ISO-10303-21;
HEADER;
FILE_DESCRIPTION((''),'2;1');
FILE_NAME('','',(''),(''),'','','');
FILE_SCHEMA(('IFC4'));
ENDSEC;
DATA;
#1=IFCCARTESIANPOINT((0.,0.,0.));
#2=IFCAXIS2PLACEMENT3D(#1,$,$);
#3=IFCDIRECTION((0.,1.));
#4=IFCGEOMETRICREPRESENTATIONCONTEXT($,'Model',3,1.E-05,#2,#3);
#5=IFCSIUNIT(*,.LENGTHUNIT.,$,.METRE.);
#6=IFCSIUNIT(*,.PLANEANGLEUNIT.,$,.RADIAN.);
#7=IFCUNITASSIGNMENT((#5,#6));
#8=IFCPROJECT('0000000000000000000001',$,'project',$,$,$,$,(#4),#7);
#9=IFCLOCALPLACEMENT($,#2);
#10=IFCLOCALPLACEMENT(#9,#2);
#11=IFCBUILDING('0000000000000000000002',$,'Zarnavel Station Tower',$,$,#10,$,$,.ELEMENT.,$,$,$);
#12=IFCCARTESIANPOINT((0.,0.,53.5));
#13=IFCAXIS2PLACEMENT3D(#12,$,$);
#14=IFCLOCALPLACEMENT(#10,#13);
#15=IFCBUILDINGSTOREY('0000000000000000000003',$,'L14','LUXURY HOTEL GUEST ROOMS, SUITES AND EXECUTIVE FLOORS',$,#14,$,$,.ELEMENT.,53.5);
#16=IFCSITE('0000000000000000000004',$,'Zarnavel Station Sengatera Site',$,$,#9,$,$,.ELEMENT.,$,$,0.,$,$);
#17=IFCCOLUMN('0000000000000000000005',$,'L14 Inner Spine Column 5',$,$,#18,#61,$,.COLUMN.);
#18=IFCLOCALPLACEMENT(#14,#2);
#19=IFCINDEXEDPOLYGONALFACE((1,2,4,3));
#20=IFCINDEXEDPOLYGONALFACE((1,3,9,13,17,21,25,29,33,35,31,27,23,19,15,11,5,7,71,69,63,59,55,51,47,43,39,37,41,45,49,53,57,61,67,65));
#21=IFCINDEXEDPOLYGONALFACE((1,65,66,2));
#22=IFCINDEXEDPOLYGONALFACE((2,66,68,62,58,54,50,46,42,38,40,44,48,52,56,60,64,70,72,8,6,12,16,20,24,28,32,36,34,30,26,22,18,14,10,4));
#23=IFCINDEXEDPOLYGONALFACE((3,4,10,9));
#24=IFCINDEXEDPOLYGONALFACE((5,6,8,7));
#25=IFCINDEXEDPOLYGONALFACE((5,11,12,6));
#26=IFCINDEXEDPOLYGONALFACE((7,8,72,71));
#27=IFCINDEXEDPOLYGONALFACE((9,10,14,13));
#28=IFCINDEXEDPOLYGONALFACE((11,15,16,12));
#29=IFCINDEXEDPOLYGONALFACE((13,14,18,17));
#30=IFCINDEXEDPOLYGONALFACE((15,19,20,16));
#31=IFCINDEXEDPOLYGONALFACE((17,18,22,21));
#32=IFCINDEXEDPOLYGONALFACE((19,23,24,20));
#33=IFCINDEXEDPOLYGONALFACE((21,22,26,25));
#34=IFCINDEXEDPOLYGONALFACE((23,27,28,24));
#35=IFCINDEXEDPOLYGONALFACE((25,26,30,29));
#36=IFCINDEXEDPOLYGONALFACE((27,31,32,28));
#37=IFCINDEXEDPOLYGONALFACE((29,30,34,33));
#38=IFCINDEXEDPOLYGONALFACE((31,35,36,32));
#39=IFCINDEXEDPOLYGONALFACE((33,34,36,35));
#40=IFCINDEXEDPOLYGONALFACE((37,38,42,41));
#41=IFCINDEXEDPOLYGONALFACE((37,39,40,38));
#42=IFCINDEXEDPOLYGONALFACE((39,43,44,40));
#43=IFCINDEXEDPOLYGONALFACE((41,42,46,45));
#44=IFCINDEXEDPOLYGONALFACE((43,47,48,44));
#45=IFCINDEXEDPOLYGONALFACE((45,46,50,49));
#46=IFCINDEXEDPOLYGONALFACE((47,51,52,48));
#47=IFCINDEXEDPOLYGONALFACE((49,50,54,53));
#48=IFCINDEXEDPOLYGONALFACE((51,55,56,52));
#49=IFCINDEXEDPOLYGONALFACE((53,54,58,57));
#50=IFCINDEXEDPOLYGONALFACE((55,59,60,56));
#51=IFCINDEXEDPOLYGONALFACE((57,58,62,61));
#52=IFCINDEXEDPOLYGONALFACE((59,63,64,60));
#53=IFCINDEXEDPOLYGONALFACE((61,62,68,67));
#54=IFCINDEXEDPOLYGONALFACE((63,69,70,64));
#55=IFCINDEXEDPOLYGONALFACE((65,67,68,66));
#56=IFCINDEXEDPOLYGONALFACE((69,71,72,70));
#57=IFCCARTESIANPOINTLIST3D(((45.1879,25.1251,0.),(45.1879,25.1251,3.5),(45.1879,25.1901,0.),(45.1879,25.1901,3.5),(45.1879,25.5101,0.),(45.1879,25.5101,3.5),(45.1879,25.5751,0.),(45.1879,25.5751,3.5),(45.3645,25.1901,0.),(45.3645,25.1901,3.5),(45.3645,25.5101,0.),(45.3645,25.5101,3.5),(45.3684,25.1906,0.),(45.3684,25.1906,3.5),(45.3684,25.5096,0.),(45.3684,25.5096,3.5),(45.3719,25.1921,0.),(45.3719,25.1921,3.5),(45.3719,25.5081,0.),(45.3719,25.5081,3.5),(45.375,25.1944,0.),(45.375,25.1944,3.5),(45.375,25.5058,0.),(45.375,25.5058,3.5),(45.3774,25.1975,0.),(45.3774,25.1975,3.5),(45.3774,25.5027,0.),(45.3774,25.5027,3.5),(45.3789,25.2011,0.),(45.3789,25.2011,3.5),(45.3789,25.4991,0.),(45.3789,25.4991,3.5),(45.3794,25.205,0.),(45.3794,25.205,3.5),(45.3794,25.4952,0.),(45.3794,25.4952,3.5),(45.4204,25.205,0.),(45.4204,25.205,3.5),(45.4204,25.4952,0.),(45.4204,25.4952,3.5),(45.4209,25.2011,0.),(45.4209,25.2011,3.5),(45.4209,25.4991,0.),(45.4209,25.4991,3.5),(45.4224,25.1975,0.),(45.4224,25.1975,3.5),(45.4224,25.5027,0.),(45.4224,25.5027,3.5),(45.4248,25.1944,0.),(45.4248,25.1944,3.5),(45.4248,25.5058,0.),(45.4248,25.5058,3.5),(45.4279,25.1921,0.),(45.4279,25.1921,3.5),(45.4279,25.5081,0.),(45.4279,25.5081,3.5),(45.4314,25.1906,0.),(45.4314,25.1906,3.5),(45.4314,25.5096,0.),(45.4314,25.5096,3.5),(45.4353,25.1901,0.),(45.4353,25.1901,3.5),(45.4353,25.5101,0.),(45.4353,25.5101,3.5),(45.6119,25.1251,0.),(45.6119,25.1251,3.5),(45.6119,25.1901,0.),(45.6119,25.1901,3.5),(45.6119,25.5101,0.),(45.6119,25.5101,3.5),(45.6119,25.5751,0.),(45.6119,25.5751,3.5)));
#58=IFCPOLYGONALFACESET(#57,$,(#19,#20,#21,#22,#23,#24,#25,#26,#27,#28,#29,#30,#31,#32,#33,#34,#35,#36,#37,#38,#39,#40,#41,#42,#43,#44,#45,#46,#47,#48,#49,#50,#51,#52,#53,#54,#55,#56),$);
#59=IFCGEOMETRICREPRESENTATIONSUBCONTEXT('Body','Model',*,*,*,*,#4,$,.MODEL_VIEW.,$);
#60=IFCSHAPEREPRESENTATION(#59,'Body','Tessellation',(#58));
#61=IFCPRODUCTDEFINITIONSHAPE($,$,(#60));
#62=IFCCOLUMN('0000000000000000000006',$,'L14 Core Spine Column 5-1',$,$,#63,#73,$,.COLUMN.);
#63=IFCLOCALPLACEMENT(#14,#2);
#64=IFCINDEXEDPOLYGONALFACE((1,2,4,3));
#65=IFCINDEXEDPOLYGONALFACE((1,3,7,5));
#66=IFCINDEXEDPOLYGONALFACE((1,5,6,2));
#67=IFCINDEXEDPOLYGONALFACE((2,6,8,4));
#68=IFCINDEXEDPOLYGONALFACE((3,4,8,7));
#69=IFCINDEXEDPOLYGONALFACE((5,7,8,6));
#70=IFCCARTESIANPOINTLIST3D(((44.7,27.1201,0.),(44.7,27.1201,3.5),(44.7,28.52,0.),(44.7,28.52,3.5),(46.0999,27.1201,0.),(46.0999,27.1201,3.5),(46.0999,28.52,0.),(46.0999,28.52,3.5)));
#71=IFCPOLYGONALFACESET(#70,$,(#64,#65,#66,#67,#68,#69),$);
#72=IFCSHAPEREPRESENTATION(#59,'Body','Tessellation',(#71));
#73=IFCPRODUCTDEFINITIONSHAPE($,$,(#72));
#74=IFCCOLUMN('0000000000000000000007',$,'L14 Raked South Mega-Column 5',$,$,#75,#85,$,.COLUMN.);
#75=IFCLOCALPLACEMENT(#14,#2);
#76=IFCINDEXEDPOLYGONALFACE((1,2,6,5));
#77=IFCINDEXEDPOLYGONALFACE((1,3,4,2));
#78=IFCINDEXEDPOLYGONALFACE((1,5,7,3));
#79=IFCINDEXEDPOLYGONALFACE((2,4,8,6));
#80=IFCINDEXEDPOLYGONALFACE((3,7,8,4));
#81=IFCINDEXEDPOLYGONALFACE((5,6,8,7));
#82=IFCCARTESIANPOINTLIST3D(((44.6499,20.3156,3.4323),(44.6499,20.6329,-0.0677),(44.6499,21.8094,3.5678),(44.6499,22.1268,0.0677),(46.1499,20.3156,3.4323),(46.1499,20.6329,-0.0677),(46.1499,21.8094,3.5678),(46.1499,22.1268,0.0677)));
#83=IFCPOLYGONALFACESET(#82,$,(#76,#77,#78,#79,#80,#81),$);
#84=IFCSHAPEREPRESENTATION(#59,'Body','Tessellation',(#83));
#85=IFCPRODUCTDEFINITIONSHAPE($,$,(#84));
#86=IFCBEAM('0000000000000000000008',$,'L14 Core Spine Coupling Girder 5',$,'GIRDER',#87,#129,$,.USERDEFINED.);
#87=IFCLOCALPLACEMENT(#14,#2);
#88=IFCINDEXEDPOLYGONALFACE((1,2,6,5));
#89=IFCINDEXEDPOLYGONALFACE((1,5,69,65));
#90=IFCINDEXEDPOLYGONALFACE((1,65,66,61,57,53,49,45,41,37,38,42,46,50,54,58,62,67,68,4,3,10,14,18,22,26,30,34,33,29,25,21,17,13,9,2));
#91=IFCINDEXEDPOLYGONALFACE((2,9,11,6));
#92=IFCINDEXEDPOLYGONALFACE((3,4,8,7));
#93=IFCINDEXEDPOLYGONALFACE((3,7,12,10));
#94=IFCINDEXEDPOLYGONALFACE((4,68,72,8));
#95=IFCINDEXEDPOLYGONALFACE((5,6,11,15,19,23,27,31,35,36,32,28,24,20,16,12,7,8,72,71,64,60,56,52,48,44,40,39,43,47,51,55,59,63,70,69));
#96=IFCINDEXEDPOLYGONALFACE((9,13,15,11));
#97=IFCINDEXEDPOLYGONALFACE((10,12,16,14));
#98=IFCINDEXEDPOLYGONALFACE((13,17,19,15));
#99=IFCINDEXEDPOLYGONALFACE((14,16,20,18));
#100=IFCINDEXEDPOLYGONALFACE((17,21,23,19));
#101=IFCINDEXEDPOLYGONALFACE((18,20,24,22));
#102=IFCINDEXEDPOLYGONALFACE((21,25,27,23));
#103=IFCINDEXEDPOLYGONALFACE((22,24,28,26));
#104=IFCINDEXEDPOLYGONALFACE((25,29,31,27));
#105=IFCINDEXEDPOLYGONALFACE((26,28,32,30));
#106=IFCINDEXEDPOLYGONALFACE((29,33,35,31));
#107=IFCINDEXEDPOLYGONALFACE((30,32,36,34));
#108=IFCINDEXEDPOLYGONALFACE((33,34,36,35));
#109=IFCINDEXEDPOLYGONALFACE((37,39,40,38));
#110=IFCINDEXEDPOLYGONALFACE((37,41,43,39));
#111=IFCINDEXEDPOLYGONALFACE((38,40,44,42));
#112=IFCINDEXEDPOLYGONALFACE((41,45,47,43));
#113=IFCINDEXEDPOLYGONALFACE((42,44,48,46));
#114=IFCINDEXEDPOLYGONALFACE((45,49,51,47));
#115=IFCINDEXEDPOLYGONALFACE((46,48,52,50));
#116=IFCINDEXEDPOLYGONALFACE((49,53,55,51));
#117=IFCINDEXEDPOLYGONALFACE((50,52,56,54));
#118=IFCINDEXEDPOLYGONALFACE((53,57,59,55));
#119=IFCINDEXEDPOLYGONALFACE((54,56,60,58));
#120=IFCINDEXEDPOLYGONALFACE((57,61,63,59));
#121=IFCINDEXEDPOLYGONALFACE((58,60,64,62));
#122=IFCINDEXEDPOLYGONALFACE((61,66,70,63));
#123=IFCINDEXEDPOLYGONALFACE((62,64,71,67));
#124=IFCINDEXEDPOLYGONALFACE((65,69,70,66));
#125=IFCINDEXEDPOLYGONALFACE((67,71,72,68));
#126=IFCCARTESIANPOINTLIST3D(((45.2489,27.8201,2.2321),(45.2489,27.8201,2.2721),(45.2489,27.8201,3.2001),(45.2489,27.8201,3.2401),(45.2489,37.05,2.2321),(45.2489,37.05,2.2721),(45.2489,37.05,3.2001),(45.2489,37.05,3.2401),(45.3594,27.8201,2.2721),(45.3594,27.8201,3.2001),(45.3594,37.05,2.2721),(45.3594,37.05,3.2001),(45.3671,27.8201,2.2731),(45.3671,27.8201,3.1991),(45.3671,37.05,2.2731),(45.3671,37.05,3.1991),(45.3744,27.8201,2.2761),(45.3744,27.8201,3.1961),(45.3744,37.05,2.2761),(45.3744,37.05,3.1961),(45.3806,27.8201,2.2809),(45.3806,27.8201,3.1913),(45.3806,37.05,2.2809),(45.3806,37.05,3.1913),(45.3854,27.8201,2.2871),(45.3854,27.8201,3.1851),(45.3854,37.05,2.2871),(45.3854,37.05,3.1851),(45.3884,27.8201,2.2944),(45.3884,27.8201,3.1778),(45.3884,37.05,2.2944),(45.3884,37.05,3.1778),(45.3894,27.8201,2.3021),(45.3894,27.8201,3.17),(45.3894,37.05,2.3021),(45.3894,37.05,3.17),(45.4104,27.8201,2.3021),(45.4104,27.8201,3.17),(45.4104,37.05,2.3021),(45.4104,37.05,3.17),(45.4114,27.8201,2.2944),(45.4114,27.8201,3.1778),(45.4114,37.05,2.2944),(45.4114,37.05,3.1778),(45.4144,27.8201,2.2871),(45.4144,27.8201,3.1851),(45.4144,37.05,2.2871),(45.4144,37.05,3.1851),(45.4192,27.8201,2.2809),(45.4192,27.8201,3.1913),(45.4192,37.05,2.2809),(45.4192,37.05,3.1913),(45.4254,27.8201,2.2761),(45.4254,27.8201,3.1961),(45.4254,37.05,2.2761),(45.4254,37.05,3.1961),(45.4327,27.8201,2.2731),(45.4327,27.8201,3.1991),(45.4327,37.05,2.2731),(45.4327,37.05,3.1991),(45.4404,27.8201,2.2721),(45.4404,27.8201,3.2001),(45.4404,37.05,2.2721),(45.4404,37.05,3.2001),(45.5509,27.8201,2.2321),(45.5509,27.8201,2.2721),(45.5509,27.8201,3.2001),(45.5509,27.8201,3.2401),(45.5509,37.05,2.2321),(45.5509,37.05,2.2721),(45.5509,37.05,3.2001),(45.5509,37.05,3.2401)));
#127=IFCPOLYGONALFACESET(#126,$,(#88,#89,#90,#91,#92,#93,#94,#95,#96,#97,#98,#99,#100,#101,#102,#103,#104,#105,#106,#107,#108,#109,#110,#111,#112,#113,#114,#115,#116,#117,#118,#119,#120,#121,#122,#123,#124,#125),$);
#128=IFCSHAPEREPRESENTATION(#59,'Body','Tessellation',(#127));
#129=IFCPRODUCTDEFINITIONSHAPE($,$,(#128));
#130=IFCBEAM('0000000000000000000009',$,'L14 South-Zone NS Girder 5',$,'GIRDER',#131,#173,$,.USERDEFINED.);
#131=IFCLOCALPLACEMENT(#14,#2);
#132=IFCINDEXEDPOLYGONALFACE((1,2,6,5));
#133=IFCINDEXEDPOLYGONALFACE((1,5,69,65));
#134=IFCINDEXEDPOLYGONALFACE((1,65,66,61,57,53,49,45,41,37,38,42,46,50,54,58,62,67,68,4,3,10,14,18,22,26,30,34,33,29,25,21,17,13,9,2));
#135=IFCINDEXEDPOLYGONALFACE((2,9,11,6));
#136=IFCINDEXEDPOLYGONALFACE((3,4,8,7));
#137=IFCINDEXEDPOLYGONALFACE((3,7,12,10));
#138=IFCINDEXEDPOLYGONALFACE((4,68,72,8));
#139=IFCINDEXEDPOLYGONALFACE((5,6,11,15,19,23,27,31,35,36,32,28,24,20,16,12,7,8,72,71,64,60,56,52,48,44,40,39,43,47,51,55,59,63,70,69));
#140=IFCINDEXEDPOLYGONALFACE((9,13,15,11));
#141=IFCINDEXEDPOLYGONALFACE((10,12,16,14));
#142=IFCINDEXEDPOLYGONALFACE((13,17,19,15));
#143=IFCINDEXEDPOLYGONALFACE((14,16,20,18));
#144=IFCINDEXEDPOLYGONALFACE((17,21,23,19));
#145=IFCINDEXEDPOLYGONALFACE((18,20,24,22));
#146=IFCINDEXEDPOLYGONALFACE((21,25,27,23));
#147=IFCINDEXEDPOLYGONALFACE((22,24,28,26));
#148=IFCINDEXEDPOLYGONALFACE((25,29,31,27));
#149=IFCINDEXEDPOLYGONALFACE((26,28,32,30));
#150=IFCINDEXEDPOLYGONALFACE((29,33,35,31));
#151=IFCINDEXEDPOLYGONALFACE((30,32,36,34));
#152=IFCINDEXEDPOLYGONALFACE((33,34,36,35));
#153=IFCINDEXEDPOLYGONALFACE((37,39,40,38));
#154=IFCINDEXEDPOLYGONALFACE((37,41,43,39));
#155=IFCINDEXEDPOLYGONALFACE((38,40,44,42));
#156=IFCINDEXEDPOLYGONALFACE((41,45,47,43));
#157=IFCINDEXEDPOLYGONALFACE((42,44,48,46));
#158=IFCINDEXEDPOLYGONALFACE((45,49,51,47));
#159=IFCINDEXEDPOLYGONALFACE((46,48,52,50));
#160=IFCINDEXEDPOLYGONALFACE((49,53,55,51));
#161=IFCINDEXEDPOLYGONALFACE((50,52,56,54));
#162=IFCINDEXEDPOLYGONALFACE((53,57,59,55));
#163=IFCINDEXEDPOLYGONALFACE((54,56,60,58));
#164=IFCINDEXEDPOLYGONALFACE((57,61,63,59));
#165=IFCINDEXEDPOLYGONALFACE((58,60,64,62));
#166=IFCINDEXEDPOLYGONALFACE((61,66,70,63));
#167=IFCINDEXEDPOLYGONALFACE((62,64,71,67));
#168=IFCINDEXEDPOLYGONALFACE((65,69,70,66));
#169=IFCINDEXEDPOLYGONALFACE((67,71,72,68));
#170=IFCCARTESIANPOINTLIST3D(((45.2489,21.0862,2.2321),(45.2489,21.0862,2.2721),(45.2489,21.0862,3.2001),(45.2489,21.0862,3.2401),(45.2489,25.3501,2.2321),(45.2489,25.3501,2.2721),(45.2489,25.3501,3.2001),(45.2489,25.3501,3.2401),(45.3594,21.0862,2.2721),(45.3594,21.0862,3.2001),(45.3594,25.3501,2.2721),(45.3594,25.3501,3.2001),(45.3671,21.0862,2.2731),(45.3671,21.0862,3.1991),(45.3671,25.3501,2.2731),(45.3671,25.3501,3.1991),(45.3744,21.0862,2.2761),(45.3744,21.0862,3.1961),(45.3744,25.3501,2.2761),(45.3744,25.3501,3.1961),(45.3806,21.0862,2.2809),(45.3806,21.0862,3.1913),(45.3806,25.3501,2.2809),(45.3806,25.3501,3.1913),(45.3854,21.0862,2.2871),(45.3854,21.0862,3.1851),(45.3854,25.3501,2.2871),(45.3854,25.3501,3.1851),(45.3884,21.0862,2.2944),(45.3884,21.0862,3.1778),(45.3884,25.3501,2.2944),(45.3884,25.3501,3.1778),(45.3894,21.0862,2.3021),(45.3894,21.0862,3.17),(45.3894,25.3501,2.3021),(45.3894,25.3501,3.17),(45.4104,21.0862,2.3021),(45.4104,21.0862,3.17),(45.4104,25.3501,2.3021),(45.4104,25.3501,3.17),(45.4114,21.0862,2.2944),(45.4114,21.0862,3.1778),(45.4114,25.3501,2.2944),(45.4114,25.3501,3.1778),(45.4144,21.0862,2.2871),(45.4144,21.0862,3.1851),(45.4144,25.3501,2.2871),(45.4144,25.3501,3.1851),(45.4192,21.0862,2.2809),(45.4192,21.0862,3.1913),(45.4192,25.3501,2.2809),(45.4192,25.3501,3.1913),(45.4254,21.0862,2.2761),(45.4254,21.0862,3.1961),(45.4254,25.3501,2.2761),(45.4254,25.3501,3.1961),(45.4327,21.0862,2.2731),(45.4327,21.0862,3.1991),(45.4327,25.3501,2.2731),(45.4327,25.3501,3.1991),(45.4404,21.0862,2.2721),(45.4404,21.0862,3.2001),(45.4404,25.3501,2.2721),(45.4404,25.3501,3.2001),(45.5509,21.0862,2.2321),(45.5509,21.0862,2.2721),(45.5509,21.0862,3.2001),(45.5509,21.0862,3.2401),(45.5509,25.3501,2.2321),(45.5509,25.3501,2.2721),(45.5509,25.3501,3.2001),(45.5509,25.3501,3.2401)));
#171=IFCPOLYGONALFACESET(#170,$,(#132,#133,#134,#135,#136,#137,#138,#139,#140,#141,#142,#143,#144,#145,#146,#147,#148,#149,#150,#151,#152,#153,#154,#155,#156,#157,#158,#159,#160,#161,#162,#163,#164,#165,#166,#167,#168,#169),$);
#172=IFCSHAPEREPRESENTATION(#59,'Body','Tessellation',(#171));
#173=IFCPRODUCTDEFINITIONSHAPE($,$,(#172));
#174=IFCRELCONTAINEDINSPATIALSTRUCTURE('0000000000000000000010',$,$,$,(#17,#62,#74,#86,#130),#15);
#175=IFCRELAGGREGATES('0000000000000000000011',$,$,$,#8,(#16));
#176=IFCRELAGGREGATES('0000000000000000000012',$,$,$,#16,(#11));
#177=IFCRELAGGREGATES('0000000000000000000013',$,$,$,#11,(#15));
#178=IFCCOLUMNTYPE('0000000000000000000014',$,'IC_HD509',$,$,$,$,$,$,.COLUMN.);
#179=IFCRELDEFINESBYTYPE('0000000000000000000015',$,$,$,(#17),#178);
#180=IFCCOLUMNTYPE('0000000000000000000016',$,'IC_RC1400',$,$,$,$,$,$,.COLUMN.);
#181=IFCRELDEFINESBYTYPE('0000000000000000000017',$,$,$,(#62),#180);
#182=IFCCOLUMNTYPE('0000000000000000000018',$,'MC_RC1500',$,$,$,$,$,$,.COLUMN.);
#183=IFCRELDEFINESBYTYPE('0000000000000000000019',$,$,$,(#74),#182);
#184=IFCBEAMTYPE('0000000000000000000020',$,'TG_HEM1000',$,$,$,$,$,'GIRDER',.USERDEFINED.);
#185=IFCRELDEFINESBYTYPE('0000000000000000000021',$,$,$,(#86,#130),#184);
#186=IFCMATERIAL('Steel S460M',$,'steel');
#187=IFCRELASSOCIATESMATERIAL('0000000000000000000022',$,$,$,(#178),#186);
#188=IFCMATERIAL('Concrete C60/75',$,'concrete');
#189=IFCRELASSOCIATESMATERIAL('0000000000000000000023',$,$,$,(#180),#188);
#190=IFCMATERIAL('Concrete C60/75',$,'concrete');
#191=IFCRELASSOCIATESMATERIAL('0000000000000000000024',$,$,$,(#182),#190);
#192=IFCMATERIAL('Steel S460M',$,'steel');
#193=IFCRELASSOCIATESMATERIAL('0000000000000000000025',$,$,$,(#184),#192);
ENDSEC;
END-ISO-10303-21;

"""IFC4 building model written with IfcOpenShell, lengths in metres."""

from ifc_helpers import new_model, si_unit, direction, frame, origin, origin_2d, place, context, subcontext, project, spatial, rectangle, i_section, extrude, material, material_profile, profile_set, type_object, element, save


model = new_model("IFC4")

# Units and contexts
model_context = context("Model", 3, precision=1e-05, world=origin(), true_north=direction((0.0, 1.0)))
body_context = subcontext(model_context, "Body", "Model", "MODEL_VIEW")
ifc_project = project(units=[si_unit("LENGTHUNIT", "METRE"), si_unit("PLANEANGLEUNIT", "RADIAN")], contexts=[model_context])

# Site, building, storey
site_placement = place(None, origin())
site = spatial("IfcSite", under=ifc_project, at=site_placement, Name="Zarnavel Station Sengatera Site", CompositionType="ELEMENT", RefElevation=0.0)
building_placement = place(site_placement, origin())
building = spatial("IfcBuilding", under=site, at=building_placement, Name="Zarnavel Station Tower", CompositionType="ELEMENT")
storey_placement = place(building_placement, frame((0.0, 0.0, 53.5)))
storey = spatial("IfcBuildingStorey", under=building, at=storey_placement, Name="L14", Description="LUXURY HOTEL GUEST ROOMS, SUITES AND EXECUTIVE FLOORS", CompositionType="ELEMENT", Elevation=53.5)

# Columns
ifc_material_1 = material(Name="Steel S460M", Category="steel")
ifc_material_profile_1 = material_profile(ifc_material_1, i_section(OverallWidth=0.4241, OverallDepth=0.45, WebThickness=0.041, FlangeThickness=0.0649, FilletRadius=0.0149, at=origin_2d()), Name="HD400x509")
ifc_profile_set_1 = profile_set([ifc_material_profile_1], Name="Steel S460M")
column_type_1 = type_object("IfcColumnType", Name="IC_HD509", PredefinedType="COLUMN", material=ifc_profile_set_1)
column_1_placement = place(storey_placement, frame((45.3999, 25.3501, 0.0), z_axis=(0.0, 0.0, 1.0), x_axis=(1.0, 0.0, 0.0)))
element("IfcColumn", 1, at=column_1_placement, inside=storey, type_object=column_type_1, Name="L14 Inner Spine Column 5", PredefinedType="COLUMN", context=body_context, shape_type="SweptSolid", body=[
    extrude(i_section(OverallWidth=0.4241, OverallDepth=0.45, WebThickness=0.041, FlangeThickness=0.0649, FilletRadius=0.0149, at=origin_2d()), origin(), (0.0, 0.0, 1.0), 3.5),
])
ifc_material_2 = material(Name="Concrete C60/75", Category="concrete")
ifc_material_profile_2 = material_profile(ifc_material_2, rectangle(XDim=1.3999, YDim=1.3999, at=origin_2d()), Name="RC1400x1400")
ifc_profile_set_2 = profile_set([ifc_material_profile_2], Name="Concrete C60/75")
column_type_2 = type_object("IfcColumnType", Name="IC_RC1400", PredefinedType="COLUMN", material=ifc_profile_set_2)
column_2_placement = place(storey_placement, frame((45.3999, 27.8201, 0.0), z_axis=(0.0, 0.0, 1.0), x_axis=(1.0, 0.0, 0.0)))
element("IfcColumn", 2, at=column_2_placement, inside=storey, type_object=column_type_2, Name="L14 Core Spine Column 5-1", PredefinedType="COLUMN", context=body_context, shape_type="SweptSolid", body=[
    extrude(rectangle(XDim=1.3999, YDim=1.3999, at=origin_2d()), origin(), (0.0, 0.0, 1.0), 3.5),
])
ifc_material_3 = material(Name="Concrete C60/75", Category="concrete")
ifc_material_profile_3 = material_profile(ifc_material_3, rectangle(XDim=1.5, YDim=1.5, at=origin_2d()), Name="RC1500x1500")
ifc_profile_set_3 = profile_set([ifc_material_profile_3], Name="Concrete C60/75")
column_type_3 = type_object("IfcColumnType", Name="MC_RC1500", PredefinedType="COLUMN", material=ifc_profile_set_3)
column_3_placement = place(storey_placement, frame((45.3999, 21.3799, 0.0), z_axis=(0.0, -0.09031, 0.995914), x_axis=(1.0, 0.0, 0.0)))
element("IfcColumn", 3, at=column_3_placement, inside=storey, type_object=column_type_3, Name="L14 Raked South Mega-Column 5", PredefinedType="COLUMN", context=body_context, shape_type="SweptSolid", body=[
    extrude(rectangle(XDim=1.5, YDim=1.5, at=origin_2d()), origin(), (0.0, 0.0, 1.0), 3.5144),
])

# Beams
ifc_material_4 = material(Name="Steel S460M", Category="steel")
ifc_material_profile_4 = material_profile(ifc_material_4, i_section(OverallWidth=0.302, OverallDepth=1.0081, WebThickness=0.021, FlangeThickness=0.04, FilletRadius=0.03, at=origin_2d()), Name="HEM1000")
ifc_profile_set_4 = profile_set([ifc_material_profile_4], Name="Steel S460M")
beam_type = type_object("IfcBeamType", Name="TG_HEM1000", ElementType="GIRDER", PredefinedType="USERDEFINED", material=ifc_profile_set_4)
beam_1_placement = place(storey_placement, frame((45.3999, 27.8201, 2.7361), z_axis=(0.0, 1.0, 0.0), x_axis=(-1.0, 0.0, 0.0)))
element("IfcBeam", 4, at=beam_1_placement, inside=storey, type_object=beam_type, Name="L14 Core Spine Coupling Girder 5", ObjectType="GIRDER", PredefinedType="USERDEFINED", context=body_context, shape_type="SweptSolid", body=[
    extrude(i_section(OverallWidth=0.302, OverallDepth=1.0081, WebThickness=0.021, FlangeThickness=0.04, FilletRadius=0.03, at=origin_2d()), origin(), (0.0, 0.0, 1.0), 9.23),
])
beam_2_placement = place(storey_placement, frame((45.3999, 21.0862, 2.7361), z_axis=(0.0, 1.0, 0.0), x_axis=(-1.0, 0.0, 0.0)))
element("IfcBeam", 5, at=beam_2_placement, inside=storey, type_object=beam_type, Name="L14 South-Zone NS Girder 5", ObjectType="GIRDER", PredefinedType="USERDEFINED", context=body_context, shape_type="SweptSolid", body=[
    extrude(i_section(OverallWidth=0.302, OverallDepth=1.0081, WebThickness=0.021, FlangeThickness=0.04, FilletRadius=0.03, at=origin_2d()), origin(), (0.0, 0.0, 1.0), 4.2639),
])

save(model, "model.ifc")
